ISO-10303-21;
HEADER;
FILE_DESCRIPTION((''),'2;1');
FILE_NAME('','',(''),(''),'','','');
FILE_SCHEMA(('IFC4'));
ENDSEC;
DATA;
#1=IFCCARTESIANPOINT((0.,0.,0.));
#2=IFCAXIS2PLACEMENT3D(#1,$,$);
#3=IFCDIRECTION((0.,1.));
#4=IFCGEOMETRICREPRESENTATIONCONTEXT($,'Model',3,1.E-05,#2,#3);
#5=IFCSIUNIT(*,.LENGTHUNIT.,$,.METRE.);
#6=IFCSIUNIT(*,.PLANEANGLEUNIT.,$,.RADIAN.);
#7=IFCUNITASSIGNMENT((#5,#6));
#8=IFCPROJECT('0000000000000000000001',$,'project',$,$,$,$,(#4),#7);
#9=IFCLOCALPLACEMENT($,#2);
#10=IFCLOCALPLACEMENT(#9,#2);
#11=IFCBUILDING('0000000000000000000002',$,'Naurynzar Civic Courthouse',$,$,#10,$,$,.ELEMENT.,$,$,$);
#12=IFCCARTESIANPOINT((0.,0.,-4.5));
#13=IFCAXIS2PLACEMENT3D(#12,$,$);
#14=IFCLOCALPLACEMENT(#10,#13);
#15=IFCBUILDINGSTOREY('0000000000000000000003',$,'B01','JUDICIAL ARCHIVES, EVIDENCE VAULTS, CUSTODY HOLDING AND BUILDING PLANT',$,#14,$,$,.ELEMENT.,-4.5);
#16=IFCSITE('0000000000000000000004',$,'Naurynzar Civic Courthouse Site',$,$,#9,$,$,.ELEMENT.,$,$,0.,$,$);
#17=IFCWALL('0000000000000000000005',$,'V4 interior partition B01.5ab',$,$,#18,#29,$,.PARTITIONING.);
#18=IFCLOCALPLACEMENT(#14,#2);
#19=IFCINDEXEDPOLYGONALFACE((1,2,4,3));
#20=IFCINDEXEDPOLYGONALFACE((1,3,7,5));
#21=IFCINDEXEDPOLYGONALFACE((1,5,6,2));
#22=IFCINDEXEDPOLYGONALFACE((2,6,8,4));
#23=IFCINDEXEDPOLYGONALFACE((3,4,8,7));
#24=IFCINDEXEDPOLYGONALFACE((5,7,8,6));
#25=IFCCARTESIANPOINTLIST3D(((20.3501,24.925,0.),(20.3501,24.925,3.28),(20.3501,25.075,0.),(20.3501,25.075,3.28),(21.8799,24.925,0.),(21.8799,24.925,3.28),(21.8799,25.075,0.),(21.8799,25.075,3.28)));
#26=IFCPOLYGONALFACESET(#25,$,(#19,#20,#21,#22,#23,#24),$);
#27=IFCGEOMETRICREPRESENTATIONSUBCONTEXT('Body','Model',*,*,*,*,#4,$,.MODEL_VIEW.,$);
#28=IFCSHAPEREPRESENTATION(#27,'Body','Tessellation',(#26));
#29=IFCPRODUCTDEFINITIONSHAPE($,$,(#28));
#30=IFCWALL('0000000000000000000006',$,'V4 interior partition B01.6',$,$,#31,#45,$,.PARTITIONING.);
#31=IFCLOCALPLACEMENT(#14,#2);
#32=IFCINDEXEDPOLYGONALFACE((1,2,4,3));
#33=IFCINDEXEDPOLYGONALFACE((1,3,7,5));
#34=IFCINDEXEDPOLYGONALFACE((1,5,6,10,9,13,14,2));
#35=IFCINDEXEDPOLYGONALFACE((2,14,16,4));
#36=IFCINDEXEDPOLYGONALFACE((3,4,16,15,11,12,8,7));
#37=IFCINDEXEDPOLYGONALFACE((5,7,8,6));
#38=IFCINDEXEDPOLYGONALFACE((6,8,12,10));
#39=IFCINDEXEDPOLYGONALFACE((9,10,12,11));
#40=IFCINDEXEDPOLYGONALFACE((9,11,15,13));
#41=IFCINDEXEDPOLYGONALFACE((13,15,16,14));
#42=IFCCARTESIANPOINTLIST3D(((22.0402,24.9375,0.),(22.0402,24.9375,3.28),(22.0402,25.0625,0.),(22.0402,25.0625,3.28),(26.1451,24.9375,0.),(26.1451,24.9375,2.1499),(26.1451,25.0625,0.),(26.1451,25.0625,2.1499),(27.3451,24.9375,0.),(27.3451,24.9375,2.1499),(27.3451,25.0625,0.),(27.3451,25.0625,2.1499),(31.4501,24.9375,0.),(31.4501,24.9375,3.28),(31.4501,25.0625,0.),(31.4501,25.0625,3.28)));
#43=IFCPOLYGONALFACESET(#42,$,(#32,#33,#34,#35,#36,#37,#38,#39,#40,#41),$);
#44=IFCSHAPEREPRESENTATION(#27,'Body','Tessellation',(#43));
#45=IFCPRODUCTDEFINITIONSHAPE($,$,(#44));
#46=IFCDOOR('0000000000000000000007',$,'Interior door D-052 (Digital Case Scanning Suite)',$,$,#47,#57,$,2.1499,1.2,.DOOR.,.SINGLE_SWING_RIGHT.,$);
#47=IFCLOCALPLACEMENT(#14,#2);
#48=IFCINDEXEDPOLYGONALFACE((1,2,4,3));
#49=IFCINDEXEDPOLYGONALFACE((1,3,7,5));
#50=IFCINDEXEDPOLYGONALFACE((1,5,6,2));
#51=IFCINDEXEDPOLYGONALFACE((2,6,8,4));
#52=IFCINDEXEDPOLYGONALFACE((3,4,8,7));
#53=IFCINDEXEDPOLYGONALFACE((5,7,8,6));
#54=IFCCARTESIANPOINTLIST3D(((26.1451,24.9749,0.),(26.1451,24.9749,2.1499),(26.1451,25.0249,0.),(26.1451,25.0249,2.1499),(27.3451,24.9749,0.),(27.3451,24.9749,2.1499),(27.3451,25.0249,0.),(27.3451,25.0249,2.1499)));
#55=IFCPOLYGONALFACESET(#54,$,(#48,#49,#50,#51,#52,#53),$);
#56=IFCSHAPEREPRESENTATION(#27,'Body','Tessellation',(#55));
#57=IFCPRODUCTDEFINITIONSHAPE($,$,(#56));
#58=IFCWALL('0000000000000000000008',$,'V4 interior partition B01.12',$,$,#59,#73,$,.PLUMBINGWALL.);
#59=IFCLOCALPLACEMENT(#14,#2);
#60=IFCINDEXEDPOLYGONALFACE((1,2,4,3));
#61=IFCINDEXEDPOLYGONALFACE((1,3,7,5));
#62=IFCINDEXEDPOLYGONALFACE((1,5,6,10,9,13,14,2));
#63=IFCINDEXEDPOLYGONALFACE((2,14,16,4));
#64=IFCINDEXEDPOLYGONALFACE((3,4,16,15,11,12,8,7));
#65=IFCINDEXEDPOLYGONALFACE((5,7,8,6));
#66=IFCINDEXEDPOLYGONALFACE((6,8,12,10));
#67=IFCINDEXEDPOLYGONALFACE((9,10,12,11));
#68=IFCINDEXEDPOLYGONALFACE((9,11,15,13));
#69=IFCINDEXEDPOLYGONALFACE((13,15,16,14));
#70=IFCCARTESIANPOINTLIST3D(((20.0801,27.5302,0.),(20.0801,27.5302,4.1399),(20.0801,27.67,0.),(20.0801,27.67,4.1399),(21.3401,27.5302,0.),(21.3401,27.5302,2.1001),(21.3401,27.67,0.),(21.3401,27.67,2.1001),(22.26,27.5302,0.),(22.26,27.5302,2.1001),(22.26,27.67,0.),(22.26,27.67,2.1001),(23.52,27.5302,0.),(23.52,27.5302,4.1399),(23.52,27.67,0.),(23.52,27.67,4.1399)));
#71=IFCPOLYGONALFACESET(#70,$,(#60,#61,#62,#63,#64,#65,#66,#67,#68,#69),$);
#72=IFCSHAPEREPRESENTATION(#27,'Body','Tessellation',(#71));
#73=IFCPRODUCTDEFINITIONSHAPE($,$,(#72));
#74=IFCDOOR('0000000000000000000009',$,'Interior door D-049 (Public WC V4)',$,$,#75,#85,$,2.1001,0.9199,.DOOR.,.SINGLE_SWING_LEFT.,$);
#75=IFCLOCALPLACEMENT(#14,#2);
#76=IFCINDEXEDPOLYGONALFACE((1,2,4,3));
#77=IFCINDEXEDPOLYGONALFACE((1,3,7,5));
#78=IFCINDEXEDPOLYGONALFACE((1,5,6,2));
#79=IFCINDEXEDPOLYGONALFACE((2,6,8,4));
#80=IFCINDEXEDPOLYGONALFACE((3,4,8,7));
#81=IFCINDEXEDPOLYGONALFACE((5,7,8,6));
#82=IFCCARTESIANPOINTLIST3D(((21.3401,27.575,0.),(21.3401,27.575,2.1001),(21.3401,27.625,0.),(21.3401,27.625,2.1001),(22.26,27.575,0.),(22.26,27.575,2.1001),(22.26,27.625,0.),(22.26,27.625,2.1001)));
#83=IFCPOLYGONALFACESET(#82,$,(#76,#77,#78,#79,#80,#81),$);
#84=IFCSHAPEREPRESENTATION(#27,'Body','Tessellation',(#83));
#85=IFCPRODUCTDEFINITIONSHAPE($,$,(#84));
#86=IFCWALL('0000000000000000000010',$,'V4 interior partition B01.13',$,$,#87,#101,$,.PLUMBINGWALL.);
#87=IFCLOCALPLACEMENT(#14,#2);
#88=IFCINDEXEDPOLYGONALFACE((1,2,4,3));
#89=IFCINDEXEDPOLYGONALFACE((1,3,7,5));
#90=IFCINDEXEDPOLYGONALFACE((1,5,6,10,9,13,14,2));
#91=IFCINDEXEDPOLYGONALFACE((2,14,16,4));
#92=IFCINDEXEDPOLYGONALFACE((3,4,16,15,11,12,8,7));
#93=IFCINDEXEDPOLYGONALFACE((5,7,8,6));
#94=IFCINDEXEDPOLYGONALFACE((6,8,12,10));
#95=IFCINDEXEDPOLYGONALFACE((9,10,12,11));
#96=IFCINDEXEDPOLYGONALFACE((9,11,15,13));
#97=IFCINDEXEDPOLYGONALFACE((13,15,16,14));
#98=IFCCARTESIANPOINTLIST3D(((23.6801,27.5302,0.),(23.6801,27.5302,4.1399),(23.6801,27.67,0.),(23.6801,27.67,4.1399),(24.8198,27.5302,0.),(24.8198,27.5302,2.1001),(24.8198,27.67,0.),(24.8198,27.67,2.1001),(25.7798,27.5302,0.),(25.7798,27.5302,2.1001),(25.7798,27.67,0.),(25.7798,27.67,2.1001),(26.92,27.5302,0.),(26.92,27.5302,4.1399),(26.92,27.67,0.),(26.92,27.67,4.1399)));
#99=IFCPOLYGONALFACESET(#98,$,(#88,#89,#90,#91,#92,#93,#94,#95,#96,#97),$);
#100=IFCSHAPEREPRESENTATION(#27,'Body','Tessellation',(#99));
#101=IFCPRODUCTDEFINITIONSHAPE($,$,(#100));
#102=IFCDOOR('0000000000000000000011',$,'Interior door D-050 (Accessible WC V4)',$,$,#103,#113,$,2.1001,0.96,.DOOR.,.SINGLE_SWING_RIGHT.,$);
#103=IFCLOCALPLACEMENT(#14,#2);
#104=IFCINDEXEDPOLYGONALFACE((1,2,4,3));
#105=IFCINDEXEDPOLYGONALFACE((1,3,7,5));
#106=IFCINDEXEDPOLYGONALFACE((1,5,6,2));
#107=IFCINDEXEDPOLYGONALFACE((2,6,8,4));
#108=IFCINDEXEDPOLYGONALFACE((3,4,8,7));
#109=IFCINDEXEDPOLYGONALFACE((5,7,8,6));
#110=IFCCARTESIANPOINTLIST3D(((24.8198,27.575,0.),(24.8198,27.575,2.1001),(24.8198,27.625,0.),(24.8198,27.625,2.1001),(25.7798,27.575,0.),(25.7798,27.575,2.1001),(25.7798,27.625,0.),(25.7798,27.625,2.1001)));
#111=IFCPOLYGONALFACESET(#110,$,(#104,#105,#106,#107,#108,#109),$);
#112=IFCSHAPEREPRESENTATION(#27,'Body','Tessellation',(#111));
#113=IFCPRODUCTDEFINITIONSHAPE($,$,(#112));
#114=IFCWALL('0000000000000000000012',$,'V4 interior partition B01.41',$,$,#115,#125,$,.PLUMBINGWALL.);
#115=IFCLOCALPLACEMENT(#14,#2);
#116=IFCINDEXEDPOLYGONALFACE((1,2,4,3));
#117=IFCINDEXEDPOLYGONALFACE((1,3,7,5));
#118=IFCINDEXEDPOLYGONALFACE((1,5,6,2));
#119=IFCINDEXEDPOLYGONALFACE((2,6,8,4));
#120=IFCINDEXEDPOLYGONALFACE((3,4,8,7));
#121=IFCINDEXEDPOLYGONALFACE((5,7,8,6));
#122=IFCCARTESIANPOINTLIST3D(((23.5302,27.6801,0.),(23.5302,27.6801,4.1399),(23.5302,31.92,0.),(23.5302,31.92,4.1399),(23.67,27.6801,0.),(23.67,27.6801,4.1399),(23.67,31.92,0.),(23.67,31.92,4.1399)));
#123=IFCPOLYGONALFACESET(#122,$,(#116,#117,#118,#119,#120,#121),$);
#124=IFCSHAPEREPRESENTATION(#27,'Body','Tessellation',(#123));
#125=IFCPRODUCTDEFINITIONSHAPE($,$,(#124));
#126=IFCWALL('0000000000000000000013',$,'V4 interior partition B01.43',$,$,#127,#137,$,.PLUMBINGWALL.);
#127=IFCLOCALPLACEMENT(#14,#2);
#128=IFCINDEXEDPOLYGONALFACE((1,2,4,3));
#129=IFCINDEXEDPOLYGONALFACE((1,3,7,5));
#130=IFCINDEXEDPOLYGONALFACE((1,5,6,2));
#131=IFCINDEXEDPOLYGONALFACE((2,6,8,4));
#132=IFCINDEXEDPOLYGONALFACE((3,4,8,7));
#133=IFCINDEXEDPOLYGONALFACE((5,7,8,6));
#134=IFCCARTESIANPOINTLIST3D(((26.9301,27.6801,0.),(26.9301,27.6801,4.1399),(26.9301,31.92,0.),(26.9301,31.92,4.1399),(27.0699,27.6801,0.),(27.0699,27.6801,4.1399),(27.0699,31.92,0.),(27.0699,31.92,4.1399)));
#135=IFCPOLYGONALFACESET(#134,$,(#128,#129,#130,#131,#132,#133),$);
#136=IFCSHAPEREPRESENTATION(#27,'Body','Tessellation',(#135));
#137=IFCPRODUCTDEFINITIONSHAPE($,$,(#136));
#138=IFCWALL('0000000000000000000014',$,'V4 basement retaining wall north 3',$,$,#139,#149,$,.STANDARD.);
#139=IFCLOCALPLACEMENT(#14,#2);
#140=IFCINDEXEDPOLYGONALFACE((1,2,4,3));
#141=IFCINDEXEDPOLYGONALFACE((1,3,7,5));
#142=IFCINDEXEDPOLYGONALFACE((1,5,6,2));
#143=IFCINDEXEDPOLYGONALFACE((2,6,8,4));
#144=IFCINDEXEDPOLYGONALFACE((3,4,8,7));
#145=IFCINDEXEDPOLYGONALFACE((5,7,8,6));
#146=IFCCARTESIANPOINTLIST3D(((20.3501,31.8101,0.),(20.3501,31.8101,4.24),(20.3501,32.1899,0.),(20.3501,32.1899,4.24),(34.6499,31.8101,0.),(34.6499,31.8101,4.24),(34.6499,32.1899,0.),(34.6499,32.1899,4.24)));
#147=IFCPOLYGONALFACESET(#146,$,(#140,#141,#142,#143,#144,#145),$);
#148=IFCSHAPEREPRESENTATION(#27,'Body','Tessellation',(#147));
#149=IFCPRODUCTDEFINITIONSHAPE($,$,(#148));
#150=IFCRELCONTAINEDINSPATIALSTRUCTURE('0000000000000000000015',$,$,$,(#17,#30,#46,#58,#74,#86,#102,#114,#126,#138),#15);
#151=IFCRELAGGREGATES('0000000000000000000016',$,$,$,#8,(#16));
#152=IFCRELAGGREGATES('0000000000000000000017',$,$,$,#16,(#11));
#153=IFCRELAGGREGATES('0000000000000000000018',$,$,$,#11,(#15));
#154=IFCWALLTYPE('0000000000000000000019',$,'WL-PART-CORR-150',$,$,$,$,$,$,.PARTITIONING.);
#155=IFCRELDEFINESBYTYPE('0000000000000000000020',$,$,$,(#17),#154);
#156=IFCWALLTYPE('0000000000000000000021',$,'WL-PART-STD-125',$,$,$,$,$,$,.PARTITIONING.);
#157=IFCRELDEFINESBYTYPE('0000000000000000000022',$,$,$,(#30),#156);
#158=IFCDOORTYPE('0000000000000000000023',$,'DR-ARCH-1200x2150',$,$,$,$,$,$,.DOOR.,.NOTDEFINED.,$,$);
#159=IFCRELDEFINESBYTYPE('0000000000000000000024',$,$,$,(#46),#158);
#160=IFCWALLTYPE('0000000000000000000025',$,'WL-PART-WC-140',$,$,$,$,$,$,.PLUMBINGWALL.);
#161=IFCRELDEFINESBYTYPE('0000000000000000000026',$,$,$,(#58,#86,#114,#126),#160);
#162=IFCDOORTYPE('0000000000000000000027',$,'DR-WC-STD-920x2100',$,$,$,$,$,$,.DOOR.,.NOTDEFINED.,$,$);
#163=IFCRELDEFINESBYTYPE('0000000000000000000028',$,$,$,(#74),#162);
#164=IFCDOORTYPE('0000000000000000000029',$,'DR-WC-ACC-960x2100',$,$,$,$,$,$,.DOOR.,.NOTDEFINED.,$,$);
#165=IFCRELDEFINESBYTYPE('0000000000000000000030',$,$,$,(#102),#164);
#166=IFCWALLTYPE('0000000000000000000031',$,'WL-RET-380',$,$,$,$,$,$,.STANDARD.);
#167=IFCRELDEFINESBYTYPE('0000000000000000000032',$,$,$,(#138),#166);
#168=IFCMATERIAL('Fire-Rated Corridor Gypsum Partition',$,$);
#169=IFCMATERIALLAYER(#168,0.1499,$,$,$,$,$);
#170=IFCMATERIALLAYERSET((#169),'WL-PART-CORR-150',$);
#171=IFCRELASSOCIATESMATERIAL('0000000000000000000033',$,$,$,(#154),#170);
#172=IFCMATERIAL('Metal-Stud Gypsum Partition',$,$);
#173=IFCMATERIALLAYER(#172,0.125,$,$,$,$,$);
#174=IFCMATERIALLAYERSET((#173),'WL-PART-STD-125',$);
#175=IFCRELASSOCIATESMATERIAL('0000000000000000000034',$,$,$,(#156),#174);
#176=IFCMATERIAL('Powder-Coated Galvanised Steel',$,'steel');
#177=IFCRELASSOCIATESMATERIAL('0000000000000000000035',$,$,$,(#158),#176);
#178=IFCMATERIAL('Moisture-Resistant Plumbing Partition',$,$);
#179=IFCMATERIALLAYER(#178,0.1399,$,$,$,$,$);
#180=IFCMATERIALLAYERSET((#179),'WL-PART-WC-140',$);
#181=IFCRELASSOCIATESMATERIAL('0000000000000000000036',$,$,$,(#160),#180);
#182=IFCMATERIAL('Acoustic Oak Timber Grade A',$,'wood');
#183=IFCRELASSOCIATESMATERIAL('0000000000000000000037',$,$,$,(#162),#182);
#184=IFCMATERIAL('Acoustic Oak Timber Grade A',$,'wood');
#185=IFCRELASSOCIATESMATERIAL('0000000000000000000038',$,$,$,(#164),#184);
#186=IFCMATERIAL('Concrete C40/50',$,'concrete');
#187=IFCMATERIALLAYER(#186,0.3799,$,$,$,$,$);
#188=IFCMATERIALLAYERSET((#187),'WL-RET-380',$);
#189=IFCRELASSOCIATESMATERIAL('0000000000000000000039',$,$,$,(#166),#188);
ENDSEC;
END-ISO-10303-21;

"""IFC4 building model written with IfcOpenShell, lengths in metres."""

from ifc_helpers import new_model, si_unit, direction, frame, frame_2d, origin, place, context, subcontext, project, spatial, rectangle, extrude, material, layer, layer_set, type_object, element, fill, save


model = new_model("IFC4")

# Units and contexts
model_context = context("Model", 3, precision=1e-05, world=origin(), true_north=direction((0.0, 1.0)))
body_context = subcontext(model_context, "Body", "Model", "MODEL_VIEW")
ifc_project = project(units=[si_unit("LENGTHUNIT", "METRE"), si_unit("PLANEANGLEUNIT", "RADIAN")], contexts=[model_context])

# Site, building, storey
site_placement = place(None, origin())
site = spatial("IfcSite", under=ifc_project, at=site_placement, Name="Naurynzar Civic Courthouse Site", CompositionType="ELEMENT", RefElevation=0.0)
building_placement = place(site_placement, origin())
building = spatial("IfcBuilding", under=site, at=building_placement, Name="Naurynzar Civic Courthouse", CompositionType="ELEMENT")
storey_placement = place(building_placement, frame((0.0, 0.0, -4.5)))
storey = spatial("IfcBuildingStorey", under=building, at=storey_placement, Name="B01", Description="JUDICIAL ARCHIVES, EVIDENCE VAULTS, CUSTODY HOLDING AND BUILDING PLANT", CompositionType="ELEMENT", Elevation=-4.5)

# Wall
ifc_material_1 = material(Name="Fire-Rated Corridor Gypsum Partition")
ifc_layer_1 = layer(ifc_material_1, 0.1499)
ifc_layer_set_1 = layer_set([ifc_layer_1], Name="WL-PART-CORR-150")
wall_type_1 = type_object("IfcWallType", Name="WL-PART-CORR-150", PredefinedType="PARTITIONING", material=ifc_layer_set_1)
wall_1_placement = place(storey_placement, frame((20.3501, 25.0, 0.0), z_axis=(0.0, 0.0, 1.0), x_axis=(1.0, 0.0, 0.0)))
element("IfcWall", 1, at=wall_1_placement, inside=storey, type_object=wall_type_1, Name="V4 interior partition B01.5ab", PredefinedType="PARTITIONING", context=body_context, shape_type="SweptSolid", body=[
    extrude(rectangle(XDim=1.5298, YDim=0.1499, at=frame_2d((0.7649, 0.0))), origin(), (0.0, 0.0, 1.0), 3.28),
])

# Walls, openings, doors
ifc_material_2 = material(Name="Metal-Stud Gypsum Partition")
ifc_layer_2 = layer(ifc_material_2, 0.125)
ifc_layer_set_2 = layer_set([ifc_layer_2], Name="WL-PART-STD-125")
wall_type_2 = type_object("IfcWallType", Name="WL-PART-STD-125", PredefinedType="PARTITIONING", material=ifc_layer_set_2)
wall_2_placement = place(storey_placement, frame((22.04, 25.0, 0.0), z_axis=(0.0, 0.0, 1.0), x_axis=(1.0, 0.0, 0.0)))
wall_2 = element("IfcWall", 2, at=wall_2_placement, inside=storey, type_object=wall_type_2, Name="V4 interior partition B01.6", PredefinedType="PARTITIONING", context=body_context, shape_type="SweptSolid", body=[
    extrude(rectangle(XDim=9.4099, YDim=0.125, at=frame_2d((4.7051, 0.0))), origin(), (0.0, 0.0, 1.0), 3.28),
])
opening_1_placement = place(wall_2_placement, frame((4.105, 0.0, 0.0)))
opening_1 = element("IfcOpeningElement", 3, at=opening_1_placement, cuts=wall_2, PredefinedType="OPENING", context=body_context, shape_type="SweptSolid", body=[
    extrude(rectangle(XDim=1.2, YDim=2.1499, at=frame_2d((0.6001, 1.075))), frame((0.0, 0.0725, 0.0), z_axis=(0.0, -1.0, 0.0), x_axis=(1.0, 0.0, 0.0)), (0.0, 0.0, 1.0), 0.145),
])
ifc_material_3 = material(Name="Powder-Coated Galvanised Steel", Category="steel")
door_type_1 = type_object("IfcDoorType", Name="DR-ARCH-1200x2150", OperationType="NOTDEFINED", PredefinedType="DOOR", material=ifc_material_3)
door_1_placement = place(opening_1_placement, origin())
door_1 = element("IfcDoor", 4, at=door_1_placement, inside=storey, type_object=door_type_1, Name="Interior door D-052 (Digital Case Scanning Suite)", OperationType="SINGLE_SWING_RIGHT", OverallHeight=2.1499, OverallWidth=1.2, PredefinedType="DOOR", context=body_context, shape_type="SweptSolid", body=[
    extrude(rectangle(XDim=1.2, YDim=2.1499, at=frame_2d((0.6001, 1.075))), frame((0.0, 0.0249, 0.0), z_axis=(0.0, -1.0, 0.0), x_axis=(1.0, 0.0, 0.0)), (0.0, 0.0, 1.0), 0.05),
])
fill(opening_1, door_1)
ifc_material_4 = material(Name="Moisture-Resistant Plumbing Partition")
ifc_layer_3 = layer(ifc_material_4, 0.1399)
ifc_layer_set_3 = layer_set([ifc_layer_3], Name="WL-PART-WC-140")
wall_type_3 = type_object("IfcWallType", Name="WL-PART-WC-140", PredefinedType="PLUMBINGWALL", material=ifc_layer_set_3)
wall_3_placement = place(storey_placement, frame((20.0801, 27.6001, 0.0), z_axis=(0.0, 0.0, 1.0), x_axis=(1.0, 0.0, 0.0)))
wall_3 = element("IfcWall", 5, at=wall_3_placement, inside=storey, type_object=wall_type_3, Name="V4 interior partition B01.12", PredefinedType="PLUMBINGWALL", context=body_context, shape_type="SweptSolid", body=[
    extrude(rectangle(XDim=3.4399, YDim=0.1399, at=frame_2d((1.72, 0.0))), origin(), (0.0, 0.0, 1.0), 4.1399),
])
opening_2_placement = place(wall_3_placement, frame((1.26, 0.0, 0.0)))
opening_2 = element("IfcOpeningElement", 6, at=opening_2_placement, cuts=wall_3, PredefinedType="OPENING", context=body_context, shape_type="SweptSolid", body=[
    extrude(rectangle(XDim=0.9199, YDim=2.1001, at=frame_2d((0.46, 1.05))), frame((0.0, 0.0798, 0.0), z_axis=(0.0, -1.0, 0.0), x_axis=(1.0, 0.0, 0.0)), (0.0, 0.0, 1.0), 0.1599),
])
ifc_material_5 = material(Name="Acoustic Oak Timber Grade A", Category="wood")
door_type_2 = type_object("IfcDoorType", Name="DR-WC-STD-920x2100", OperationType="NOTDEFINED", PredefinedType="DOOR", material=ifc_material_5)
door_2_placement = place(opening_2_placement, origin())
door_2 = element("IfcDoor", 7, at=door_2_placement, inside=storey, type_object=door_type_2, Name="Interior door D-049 (Public WC V4)", OperationType="SINGLE_SWING_LEFT", OverallHeight=2.1001, OverallWidth=0.9199, PredefinedType="DOOR", context=body_context, shape_type="SweptSolid", body=[
    extrude(rectangle(XDim=0.9199, YDim=2.1001, at=frame_2d((0.46, 1.05))), frame((0.0, 0.0249, 0.0), z_axis=(0.0, -1.0, 0.0), x_axis=(1.0, 0.0, 0.0)), (0.0, 0.0, 1.0), 0.05),
])
fill(opening_2, door_2)
wall_4_placement = place(storey_placement, frame((23.6799, 27.6001, 0.0), z_axis=(0.0, 0.0, 1.0), x_axis=(1.0, 0.0, 0.0)))
wall_4 = element("IfcWall", 8, at=wall_4_placement, inside=storey, type_object=wall_type_3, Name="V4 interior partition B01.13", PredefinedType="PLUMBINGWALL", context=body_context, shape_type="SweptSolid", body=[
    extrude(rectangle(XDim=3.24, YDim=0.1399, at=frame_2d((1.6201, 0.0))), origin(), (0.0, 0.0, 1.0), 4.1399),
])
opening_3_placement = place(wall_4_placement, frame((1.1399, 0.0, 0.0)))
opening_3 = element("IfcOpeningElement", 9, at=opening_3_placement, cuts=wall_4, PredefinedType="OPENING", context=body_context, shape_type="SweptSolid", body=[
    extrude(rectangle(XDim=0.96, YDim=2.1001, at=frame_2d((0.48, 1.05))), frame((0.0, 0.0798, 0.0), z_axis=(0.0, -1.0, 0.0), x_axis=(1.0, 0.0, 0.0)), (0.0, 0.0, 1.0), 0.1599),
])
ifc_material_6 = material(Name="Acoustic Oak Timber Grade A", Category="wood")
door_type_3 = type_object("IfcDoorType", Name="DR-WC-ACC-960x2100", OperationType="NOTDEFINED", PredefinedType="DOOR", material=ifc_material_6)
door_3_placement = place(opening_3_placement, origin())
door_3 = element("IfcDoor", 10, at=door_3_placement, inside=storey, type_object=door_type_3, Name="Interior door D-050 (Accessible WC V4)", OperationType="SINGLE_SWING_RIGHT", OverallHeight=2.1001, OverallWidth=0.96, PredefinedType="DOOR", context=body_context, shape_type="SweptSolid", body=[
    extrude(rectangle(XDim=0.96, YDim=2.1001, at=frame_2d((0.48, 1.05))), frame((0.0, 0.0249, 0.0), z_axis=(0.0, -1.0, 0.0), x_axis=(1.0, 0.0, 0.0)), (0.0, 0.0, 1.0), 0.05),
])
fill(opening_3, door_3)

# Walls
for number, where, z_axis, x_axis, name in (
    (11, (23.6001, 27.6799, 0.0), (0.0, 0.0, 1.0), (0.0, 1.0, 0.0), "V4 interior partition B01.41"),
    (12, (27.0, 27.6799, 0.0), (0.0, 0.0, 1.0), (0.0, 1.0, 0.0), "V4 interior partition B01.43"),
):
    element("IfcWall", number, at=place(storey_placement, frame(where, z_axis=z_axis, x_axis=x_axis)), inside=storey, type_object=wall_type_3, Name=name, PredefinedType="PLUMBINGWALL", context=body_context, shape_type="SweptSolid", body=[
        extrude(rectangle(XDim=4.24, YDim=0.1399, at=frame_2d((2.1201, 0.0))), origin(), (0.0, 0.0, 1.0), 4.1399),
    ])
ifc_material_7 = material(Name="Concrete C40/50", Category="concrete")
ifc_layer_4 = layer(ifc_material_7, 0.3799)
ifc_layer_set_4 = layer_set([ifc_layer_4], Name="WL-RET-380")
wall_type_4 = type_object("IfcWallType", Name="WL-RET-380", PredefinedType="STANDARD", material=ifc_layer_set_4)
wall_5_placement = place(storey_placement, frame((20.3501, 32.0, 0.0), z_axis=(0.0, 0.0, 1.0), x_axis=(1.0, 0.0, 0.0)))
element("IfcWall", 13, at=wall_5_placement, inside=storey, type_object=wall_type_4, Name="V4 basement retaining wall north 3", PredefinedType="STANDARD", context=body_context, shape_type="SweptSolid", body=[
    extrude(rectangle(XDim=14.2998, YDim=0.3799, at=frame_2d((7.1499, 0.0))), origin(), (0.0, 0.0, 1.0), 4.24),
])

save(model, "model.ifc")
